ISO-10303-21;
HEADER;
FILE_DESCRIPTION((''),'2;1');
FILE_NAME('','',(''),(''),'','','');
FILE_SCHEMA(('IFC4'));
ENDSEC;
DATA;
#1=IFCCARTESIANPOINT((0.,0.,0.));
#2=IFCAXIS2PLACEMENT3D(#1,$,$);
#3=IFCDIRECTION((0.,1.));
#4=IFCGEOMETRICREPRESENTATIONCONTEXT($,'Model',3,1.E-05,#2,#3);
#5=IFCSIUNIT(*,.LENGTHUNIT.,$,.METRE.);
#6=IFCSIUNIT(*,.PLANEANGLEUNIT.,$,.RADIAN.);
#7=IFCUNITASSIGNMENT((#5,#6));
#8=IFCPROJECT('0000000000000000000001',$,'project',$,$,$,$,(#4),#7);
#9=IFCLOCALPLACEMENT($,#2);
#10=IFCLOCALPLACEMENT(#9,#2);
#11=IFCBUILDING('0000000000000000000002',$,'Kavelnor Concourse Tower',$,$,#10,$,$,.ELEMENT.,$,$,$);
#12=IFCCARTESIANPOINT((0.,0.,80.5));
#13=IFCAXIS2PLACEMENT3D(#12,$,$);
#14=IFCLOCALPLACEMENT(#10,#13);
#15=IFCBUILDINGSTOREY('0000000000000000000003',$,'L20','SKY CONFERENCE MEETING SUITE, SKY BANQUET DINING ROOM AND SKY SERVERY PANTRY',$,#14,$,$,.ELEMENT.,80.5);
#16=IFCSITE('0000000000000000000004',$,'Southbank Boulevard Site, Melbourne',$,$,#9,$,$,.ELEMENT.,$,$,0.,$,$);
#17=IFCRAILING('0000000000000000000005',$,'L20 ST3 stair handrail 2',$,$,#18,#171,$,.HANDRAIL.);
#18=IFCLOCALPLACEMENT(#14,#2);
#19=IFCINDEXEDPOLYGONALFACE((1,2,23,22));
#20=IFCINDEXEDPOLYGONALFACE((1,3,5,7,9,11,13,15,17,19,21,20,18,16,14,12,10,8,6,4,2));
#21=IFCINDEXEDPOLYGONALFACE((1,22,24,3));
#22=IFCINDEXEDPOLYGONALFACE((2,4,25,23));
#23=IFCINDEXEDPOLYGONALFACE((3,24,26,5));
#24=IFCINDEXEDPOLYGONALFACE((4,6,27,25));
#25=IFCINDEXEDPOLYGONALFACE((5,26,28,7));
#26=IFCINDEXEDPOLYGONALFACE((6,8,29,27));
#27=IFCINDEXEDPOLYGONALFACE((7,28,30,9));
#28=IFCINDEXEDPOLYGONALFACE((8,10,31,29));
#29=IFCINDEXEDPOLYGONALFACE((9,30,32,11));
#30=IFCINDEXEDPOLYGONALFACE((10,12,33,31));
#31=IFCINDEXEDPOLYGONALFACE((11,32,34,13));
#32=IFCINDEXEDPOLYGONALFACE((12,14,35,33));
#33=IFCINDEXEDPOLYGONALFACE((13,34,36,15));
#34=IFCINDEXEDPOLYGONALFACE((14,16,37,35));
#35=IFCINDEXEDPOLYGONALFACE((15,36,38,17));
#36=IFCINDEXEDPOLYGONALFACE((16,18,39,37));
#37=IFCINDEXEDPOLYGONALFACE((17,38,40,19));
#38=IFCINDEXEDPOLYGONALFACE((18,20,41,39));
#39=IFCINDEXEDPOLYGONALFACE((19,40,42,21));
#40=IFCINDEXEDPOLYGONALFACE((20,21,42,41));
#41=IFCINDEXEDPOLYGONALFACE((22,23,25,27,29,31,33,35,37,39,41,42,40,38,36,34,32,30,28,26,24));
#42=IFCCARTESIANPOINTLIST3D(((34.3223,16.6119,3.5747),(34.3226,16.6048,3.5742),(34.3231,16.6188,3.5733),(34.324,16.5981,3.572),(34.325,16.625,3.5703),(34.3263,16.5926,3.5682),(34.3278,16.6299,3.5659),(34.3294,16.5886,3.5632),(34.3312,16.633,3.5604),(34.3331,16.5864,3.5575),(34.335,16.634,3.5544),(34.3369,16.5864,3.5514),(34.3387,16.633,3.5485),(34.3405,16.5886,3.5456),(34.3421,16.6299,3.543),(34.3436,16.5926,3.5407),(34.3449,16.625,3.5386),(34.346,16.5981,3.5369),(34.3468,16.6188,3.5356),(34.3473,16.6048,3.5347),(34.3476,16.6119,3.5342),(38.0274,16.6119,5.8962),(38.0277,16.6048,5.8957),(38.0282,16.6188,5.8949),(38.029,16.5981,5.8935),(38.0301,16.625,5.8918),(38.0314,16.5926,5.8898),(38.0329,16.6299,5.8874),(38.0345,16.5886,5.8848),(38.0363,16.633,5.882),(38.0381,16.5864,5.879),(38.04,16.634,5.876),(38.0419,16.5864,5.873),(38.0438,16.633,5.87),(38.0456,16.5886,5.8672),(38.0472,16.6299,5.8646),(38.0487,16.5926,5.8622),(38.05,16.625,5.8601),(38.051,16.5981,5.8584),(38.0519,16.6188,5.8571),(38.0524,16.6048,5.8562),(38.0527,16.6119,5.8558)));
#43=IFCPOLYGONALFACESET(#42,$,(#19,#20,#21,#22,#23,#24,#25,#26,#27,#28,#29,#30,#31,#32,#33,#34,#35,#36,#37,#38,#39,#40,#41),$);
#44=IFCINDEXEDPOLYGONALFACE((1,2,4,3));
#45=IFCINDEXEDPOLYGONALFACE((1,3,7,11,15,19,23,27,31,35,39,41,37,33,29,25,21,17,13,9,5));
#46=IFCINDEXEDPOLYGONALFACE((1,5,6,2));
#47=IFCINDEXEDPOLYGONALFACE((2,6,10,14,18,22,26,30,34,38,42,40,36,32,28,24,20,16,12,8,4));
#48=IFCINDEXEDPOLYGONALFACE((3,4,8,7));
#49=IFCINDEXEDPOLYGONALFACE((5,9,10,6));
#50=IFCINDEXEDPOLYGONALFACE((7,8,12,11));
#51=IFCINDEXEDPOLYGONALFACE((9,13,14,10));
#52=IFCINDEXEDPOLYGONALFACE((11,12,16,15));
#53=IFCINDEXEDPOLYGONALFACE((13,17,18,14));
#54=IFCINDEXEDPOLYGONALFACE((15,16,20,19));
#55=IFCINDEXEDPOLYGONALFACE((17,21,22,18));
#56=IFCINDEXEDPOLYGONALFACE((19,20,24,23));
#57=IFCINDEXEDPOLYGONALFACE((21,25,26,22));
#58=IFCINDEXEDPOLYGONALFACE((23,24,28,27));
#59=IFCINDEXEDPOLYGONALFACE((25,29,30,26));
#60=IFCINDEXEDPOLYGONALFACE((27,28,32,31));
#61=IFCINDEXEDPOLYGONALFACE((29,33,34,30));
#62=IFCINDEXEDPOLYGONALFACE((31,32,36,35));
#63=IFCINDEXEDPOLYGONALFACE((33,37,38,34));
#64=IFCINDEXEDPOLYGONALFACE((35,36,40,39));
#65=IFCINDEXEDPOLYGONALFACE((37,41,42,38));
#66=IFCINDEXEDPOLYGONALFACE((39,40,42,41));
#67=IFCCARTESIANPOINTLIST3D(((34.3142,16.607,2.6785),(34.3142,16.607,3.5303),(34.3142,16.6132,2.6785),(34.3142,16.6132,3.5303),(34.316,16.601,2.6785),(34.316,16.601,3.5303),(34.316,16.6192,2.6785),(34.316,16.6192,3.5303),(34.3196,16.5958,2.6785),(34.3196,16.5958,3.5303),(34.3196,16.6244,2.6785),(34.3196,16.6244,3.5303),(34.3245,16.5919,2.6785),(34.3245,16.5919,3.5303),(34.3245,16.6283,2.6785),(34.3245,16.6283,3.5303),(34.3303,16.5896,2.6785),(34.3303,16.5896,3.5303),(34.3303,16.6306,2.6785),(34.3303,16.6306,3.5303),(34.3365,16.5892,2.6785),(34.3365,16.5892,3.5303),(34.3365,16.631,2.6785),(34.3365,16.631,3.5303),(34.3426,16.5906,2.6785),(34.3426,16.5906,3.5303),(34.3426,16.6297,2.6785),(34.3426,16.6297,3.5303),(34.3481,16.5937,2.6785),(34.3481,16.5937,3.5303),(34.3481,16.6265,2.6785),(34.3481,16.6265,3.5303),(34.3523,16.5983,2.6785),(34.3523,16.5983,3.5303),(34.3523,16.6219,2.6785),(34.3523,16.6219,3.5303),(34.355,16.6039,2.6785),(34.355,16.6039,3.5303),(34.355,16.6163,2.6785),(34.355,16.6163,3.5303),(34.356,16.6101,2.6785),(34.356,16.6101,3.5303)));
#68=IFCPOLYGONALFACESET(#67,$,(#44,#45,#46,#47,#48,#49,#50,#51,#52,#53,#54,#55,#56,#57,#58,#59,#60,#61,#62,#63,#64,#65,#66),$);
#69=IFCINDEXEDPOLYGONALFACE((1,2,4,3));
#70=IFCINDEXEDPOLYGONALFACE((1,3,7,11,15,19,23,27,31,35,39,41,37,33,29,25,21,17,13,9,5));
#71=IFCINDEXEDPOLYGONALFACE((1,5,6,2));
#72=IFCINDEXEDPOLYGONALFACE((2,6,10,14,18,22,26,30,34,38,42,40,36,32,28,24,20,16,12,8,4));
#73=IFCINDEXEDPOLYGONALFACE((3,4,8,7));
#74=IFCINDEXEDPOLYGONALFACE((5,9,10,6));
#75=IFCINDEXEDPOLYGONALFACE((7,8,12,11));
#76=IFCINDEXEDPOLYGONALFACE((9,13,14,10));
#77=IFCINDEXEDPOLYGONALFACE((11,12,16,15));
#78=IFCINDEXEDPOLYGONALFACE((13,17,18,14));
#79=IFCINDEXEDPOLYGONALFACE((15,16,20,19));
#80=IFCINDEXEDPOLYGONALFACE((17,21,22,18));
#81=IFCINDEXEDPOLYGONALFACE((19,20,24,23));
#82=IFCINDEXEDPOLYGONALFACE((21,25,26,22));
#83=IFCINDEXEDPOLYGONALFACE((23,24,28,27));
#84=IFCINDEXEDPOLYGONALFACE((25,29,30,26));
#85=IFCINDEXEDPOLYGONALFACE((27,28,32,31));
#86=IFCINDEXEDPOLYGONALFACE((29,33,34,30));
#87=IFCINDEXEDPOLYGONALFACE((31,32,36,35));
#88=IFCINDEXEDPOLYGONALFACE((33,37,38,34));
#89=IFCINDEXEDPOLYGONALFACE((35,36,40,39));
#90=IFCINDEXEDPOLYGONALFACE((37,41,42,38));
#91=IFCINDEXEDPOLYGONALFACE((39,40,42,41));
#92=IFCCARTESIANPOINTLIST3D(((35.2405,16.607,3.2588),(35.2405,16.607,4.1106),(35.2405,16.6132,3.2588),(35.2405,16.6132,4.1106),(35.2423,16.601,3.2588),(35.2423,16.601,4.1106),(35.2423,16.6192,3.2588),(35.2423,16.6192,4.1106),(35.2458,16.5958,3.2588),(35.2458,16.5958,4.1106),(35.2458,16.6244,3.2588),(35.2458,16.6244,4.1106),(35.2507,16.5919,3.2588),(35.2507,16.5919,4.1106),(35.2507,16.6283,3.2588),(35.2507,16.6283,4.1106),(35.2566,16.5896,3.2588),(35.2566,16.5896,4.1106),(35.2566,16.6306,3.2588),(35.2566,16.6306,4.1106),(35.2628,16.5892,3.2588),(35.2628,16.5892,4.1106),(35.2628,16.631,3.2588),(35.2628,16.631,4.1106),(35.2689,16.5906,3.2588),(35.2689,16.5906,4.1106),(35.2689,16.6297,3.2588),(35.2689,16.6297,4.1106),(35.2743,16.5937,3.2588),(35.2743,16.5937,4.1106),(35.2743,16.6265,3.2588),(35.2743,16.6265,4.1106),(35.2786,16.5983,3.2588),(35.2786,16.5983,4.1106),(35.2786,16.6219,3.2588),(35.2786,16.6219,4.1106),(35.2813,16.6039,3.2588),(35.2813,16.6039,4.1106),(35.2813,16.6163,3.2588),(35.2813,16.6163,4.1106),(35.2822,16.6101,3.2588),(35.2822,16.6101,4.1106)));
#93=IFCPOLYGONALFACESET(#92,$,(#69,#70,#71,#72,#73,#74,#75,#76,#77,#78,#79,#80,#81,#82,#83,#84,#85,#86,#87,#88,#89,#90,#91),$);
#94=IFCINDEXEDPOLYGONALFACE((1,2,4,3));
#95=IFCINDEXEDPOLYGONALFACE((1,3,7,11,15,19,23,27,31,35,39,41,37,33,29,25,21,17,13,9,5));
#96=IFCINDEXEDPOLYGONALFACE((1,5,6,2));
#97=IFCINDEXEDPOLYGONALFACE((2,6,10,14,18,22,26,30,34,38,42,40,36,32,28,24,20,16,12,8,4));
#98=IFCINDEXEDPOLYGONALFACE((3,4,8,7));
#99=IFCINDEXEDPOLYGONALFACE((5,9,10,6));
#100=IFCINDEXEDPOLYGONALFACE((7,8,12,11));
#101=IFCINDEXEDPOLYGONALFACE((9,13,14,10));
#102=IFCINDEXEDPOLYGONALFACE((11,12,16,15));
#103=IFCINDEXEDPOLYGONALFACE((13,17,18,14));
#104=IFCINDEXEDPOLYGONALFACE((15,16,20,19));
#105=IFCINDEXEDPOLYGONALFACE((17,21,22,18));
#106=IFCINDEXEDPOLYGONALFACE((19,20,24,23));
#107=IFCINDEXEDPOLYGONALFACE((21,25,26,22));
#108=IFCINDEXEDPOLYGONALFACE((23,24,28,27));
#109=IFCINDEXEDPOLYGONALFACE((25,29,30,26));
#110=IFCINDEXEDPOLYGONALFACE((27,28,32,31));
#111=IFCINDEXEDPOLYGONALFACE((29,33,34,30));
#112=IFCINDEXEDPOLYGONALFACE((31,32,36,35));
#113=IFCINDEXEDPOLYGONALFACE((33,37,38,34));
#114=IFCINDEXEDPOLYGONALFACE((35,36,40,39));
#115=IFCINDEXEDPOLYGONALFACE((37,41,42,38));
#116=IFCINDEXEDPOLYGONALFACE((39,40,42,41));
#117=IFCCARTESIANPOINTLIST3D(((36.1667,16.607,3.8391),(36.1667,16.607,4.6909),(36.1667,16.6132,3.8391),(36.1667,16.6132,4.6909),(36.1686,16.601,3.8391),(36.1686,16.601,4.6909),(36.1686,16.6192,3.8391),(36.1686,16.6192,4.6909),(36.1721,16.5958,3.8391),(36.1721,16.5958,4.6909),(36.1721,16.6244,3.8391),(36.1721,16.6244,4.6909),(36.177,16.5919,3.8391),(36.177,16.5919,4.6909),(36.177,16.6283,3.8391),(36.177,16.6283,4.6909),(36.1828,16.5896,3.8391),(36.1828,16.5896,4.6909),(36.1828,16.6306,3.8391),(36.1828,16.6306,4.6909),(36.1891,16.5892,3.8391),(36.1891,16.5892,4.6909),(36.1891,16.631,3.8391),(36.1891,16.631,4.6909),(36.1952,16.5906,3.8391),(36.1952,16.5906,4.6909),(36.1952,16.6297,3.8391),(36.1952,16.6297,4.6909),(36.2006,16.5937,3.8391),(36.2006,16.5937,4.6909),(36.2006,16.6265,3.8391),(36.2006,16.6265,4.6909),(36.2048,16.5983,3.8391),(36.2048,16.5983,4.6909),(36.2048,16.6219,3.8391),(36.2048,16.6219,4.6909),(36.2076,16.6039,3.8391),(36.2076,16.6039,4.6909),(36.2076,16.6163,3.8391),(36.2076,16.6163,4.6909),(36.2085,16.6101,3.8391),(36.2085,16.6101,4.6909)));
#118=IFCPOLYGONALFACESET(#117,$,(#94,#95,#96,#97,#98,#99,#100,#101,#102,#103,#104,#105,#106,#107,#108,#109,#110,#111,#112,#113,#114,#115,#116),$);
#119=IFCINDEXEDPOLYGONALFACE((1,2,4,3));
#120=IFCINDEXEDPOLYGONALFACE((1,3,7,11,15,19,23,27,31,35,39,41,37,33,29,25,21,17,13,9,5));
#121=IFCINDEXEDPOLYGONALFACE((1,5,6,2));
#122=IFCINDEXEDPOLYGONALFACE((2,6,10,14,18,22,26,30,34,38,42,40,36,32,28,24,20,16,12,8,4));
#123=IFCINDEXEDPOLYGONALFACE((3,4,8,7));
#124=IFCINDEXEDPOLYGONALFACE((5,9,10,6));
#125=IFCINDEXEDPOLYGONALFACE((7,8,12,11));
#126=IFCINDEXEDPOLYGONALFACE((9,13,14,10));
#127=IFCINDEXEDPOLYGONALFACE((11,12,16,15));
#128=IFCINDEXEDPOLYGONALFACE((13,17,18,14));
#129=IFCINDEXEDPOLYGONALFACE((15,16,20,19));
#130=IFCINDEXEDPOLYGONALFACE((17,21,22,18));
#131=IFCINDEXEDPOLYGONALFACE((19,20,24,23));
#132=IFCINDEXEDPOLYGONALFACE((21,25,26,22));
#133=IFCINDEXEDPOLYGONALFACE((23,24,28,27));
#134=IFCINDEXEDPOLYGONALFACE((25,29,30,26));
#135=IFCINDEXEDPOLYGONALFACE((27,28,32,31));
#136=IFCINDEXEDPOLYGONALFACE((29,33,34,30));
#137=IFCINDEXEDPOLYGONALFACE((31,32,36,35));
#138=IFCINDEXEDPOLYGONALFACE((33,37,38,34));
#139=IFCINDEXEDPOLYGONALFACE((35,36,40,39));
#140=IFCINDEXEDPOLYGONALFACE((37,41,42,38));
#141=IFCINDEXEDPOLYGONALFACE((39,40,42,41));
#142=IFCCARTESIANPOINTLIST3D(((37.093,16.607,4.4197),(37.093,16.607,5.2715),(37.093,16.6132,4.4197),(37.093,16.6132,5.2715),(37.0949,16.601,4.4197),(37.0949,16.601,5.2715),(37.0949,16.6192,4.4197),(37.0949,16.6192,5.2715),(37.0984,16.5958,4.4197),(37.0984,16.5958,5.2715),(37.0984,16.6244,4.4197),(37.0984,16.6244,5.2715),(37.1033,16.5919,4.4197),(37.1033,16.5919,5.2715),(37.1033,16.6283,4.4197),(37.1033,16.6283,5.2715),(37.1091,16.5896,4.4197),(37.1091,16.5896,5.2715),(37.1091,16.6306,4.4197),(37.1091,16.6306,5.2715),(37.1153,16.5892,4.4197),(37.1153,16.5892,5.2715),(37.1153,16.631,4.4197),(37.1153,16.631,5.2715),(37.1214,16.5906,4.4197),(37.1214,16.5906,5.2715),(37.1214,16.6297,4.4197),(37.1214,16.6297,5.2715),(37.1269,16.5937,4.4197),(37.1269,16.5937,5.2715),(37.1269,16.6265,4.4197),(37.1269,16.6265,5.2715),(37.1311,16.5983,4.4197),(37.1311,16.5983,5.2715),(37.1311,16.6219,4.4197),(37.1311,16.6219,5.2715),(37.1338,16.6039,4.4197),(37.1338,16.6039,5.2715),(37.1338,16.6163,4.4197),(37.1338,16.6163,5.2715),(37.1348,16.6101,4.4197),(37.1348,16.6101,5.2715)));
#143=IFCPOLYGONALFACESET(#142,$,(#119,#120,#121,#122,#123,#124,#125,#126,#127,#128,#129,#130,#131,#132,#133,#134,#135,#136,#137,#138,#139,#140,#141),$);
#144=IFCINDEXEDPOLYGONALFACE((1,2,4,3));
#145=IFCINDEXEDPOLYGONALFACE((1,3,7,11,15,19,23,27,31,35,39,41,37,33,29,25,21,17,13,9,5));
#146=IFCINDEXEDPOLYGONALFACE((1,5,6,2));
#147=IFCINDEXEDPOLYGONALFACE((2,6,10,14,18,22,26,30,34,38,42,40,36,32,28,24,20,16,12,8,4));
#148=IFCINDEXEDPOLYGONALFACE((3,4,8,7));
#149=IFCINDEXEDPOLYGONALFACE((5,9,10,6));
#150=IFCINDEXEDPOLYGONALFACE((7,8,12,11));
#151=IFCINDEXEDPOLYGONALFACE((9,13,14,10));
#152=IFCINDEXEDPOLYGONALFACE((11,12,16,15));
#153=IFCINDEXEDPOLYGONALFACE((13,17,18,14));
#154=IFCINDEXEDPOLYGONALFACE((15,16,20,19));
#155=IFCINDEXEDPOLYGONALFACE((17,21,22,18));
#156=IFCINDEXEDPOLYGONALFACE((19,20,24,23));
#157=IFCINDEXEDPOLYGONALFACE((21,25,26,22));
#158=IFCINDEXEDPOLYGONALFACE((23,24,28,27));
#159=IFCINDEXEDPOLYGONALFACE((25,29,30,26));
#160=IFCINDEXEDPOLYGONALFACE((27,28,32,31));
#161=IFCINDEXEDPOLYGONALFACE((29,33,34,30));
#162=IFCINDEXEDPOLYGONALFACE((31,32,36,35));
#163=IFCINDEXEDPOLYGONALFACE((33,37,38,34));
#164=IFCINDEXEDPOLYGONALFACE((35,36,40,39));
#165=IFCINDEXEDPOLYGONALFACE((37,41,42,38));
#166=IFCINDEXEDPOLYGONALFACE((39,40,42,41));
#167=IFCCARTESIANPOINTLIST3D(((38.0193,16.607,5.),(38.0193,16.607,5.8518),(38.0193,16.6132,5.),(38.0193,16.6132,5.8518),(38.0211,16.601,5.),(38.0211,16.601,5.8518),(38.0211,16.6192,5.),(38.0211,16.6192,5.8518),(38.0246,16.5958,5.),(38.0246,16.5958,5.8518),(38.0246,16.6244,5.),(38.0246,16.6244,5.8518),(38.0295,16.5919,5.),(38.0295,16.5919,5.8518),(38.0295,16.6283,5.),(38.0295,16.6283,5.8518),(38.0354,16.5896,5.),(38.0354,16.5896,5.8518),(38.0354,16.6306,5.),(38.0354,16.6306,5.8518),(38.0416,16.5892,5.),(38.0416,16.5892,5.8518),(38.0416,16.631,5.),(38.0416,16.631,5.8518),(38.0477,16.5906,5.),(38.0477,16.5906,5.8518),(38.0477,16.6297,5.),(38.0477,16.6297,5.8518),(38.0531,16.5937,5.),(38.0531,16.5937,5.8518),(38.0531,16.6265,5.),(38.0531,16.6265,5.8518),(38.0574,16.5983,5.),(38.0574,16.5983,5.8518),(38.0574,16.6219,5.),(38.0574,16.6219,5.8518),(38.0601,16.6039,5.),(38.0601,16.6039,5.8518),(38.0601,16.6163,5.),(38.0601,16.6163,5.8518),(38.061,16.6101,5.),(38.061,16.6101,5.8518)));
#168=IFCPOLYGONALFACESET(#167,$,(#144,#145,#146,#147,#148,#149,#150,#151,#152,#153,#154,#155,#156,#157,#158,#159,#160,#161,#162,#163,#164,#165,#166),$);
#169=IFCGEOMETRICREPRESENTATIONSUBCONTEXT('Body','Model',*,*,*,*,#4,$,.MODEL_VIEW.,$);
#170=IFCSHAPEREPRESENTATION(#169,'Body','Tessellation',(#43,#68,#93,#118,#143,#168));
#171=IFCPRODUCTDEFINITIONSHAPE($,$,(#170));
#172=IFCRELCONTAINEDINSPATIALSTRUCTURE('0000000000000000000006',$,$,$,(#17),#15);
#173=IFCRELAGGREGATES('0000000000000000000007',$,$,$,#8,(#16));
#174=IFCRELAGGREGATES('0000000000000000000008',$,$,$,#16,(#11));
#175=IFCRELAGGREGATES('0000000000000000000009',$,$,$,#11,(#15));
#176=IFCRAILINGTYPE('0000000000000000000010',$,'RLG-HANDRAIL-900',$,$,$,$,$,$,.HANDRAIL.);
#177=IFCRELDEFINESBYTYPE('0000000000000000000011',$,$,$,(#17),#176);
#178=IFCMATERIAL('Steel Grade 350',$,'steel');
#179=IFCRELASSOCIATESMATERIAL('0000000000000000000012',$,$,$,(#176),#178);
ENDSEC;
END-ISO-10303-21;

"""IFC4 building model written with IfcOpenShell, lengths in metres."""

from ifc_helpers import new_model, si_unit, direction, frame, origin, origin_2d, place, context, subcontext, project, spatial, circle, extrude, material, type_object, element, save


model = new_model("IFC4")

# Units and contexts
model_context = context("Model", 3, precision=1e-05, world=origin(), true_north=direction((0.0, 1.0)))
body_context = subcontext(model_context, "Body", "Model", "MODEL_VIEW")
ifc_project = project(units=[si_unit("LENGTHUNIT", "METRE"), si_unit("PLANEANGLEUNIT", "RADIAN")], contexts=[model_context])

# Site, building, storey
site_placement = place(None, origin())
site = spatial("IfcSite", under=ifc_project, at=site_placement, Name="Southbank Boulevard Site, Melbourne", CompositionType="ELEMENT", RefElevation=0.0)
building_placement = place(site_placement, origin())
building = spatial("IfcBuilding", under=site, at=building_placement, Name="Kavelnor Concourse Tower", CompositionType="ELEMENT")
storey_placement = place(building_placement, frame((0.0, 0.0, 80.5)))
storey = spatial("IfcBuildingStorey", under=building, at=storey_placement, Name="L20", Description="SKY CONFERENCE MEETING SUITE, SKY BANQUET DINING ROOM AND SKY SERVERY PANTRY", CompositionType="ELEMENT", Elevation=80.5)

# Shared definitions
ifc_material_1 = material(Name="Steel Grade 350", Category="steel")

# Railing
railing_type_1 = type_object("IfcRailingType", Name="RLG-HANDRAIL-900", PredefinedType="HANDRAIL", material=ifc_material_1)
railing_1_placement = place(storey_placement, frame((34.335, 16.6101, 2.6785)))
element("IfcRailing", 1, at=railing_1_placement, inside=storey, type_object=railing_type_1, Name="L20 ST3 stair handrail 2", PredefinedType="HANDRAIL", context=body_context, shape_type="SweptSolid", body=[
    extrude(circle(Radius=0.0239, at=origin_2d()), frame((0.0, 0.0, 0.876), z_axis=(0.847395, 0.0, 0.530962), x_axis=(0.0, 1.0, 0.0)), (0.0, 0.0, 1.0), 4.3723),
    extrude(circle(Radius=0.021, at=origin_2d()), origin(), (0.0, 0.0, 1.0), 0.8518),
    extrude(circle(Radius=0.021, at=origin_2d()), frame((0.9263, 0.0, 0.5803)), (0.0, 0.0, 1.0), 0.8518),
    extrude(circle(Radius=0.021, at=origin_2d()), frame((1.8525, 0.0, 1.1606)), (0.0, 0.0, 1.0), 0.8518),
    extrude(circle(Radius=0.021, at=origin_2d()), frame((2.7788, 0.0, 1.7412)), (0.0, 0.0, 1.0), 0.8518),
    extrude(circle(Radius=0.021, at=origin_2d()), frame((3.7051, 0.0, 2.3215)), (0.0, 0.0, 1.0), 0.8518),
])

save(model, "model.ifc")
